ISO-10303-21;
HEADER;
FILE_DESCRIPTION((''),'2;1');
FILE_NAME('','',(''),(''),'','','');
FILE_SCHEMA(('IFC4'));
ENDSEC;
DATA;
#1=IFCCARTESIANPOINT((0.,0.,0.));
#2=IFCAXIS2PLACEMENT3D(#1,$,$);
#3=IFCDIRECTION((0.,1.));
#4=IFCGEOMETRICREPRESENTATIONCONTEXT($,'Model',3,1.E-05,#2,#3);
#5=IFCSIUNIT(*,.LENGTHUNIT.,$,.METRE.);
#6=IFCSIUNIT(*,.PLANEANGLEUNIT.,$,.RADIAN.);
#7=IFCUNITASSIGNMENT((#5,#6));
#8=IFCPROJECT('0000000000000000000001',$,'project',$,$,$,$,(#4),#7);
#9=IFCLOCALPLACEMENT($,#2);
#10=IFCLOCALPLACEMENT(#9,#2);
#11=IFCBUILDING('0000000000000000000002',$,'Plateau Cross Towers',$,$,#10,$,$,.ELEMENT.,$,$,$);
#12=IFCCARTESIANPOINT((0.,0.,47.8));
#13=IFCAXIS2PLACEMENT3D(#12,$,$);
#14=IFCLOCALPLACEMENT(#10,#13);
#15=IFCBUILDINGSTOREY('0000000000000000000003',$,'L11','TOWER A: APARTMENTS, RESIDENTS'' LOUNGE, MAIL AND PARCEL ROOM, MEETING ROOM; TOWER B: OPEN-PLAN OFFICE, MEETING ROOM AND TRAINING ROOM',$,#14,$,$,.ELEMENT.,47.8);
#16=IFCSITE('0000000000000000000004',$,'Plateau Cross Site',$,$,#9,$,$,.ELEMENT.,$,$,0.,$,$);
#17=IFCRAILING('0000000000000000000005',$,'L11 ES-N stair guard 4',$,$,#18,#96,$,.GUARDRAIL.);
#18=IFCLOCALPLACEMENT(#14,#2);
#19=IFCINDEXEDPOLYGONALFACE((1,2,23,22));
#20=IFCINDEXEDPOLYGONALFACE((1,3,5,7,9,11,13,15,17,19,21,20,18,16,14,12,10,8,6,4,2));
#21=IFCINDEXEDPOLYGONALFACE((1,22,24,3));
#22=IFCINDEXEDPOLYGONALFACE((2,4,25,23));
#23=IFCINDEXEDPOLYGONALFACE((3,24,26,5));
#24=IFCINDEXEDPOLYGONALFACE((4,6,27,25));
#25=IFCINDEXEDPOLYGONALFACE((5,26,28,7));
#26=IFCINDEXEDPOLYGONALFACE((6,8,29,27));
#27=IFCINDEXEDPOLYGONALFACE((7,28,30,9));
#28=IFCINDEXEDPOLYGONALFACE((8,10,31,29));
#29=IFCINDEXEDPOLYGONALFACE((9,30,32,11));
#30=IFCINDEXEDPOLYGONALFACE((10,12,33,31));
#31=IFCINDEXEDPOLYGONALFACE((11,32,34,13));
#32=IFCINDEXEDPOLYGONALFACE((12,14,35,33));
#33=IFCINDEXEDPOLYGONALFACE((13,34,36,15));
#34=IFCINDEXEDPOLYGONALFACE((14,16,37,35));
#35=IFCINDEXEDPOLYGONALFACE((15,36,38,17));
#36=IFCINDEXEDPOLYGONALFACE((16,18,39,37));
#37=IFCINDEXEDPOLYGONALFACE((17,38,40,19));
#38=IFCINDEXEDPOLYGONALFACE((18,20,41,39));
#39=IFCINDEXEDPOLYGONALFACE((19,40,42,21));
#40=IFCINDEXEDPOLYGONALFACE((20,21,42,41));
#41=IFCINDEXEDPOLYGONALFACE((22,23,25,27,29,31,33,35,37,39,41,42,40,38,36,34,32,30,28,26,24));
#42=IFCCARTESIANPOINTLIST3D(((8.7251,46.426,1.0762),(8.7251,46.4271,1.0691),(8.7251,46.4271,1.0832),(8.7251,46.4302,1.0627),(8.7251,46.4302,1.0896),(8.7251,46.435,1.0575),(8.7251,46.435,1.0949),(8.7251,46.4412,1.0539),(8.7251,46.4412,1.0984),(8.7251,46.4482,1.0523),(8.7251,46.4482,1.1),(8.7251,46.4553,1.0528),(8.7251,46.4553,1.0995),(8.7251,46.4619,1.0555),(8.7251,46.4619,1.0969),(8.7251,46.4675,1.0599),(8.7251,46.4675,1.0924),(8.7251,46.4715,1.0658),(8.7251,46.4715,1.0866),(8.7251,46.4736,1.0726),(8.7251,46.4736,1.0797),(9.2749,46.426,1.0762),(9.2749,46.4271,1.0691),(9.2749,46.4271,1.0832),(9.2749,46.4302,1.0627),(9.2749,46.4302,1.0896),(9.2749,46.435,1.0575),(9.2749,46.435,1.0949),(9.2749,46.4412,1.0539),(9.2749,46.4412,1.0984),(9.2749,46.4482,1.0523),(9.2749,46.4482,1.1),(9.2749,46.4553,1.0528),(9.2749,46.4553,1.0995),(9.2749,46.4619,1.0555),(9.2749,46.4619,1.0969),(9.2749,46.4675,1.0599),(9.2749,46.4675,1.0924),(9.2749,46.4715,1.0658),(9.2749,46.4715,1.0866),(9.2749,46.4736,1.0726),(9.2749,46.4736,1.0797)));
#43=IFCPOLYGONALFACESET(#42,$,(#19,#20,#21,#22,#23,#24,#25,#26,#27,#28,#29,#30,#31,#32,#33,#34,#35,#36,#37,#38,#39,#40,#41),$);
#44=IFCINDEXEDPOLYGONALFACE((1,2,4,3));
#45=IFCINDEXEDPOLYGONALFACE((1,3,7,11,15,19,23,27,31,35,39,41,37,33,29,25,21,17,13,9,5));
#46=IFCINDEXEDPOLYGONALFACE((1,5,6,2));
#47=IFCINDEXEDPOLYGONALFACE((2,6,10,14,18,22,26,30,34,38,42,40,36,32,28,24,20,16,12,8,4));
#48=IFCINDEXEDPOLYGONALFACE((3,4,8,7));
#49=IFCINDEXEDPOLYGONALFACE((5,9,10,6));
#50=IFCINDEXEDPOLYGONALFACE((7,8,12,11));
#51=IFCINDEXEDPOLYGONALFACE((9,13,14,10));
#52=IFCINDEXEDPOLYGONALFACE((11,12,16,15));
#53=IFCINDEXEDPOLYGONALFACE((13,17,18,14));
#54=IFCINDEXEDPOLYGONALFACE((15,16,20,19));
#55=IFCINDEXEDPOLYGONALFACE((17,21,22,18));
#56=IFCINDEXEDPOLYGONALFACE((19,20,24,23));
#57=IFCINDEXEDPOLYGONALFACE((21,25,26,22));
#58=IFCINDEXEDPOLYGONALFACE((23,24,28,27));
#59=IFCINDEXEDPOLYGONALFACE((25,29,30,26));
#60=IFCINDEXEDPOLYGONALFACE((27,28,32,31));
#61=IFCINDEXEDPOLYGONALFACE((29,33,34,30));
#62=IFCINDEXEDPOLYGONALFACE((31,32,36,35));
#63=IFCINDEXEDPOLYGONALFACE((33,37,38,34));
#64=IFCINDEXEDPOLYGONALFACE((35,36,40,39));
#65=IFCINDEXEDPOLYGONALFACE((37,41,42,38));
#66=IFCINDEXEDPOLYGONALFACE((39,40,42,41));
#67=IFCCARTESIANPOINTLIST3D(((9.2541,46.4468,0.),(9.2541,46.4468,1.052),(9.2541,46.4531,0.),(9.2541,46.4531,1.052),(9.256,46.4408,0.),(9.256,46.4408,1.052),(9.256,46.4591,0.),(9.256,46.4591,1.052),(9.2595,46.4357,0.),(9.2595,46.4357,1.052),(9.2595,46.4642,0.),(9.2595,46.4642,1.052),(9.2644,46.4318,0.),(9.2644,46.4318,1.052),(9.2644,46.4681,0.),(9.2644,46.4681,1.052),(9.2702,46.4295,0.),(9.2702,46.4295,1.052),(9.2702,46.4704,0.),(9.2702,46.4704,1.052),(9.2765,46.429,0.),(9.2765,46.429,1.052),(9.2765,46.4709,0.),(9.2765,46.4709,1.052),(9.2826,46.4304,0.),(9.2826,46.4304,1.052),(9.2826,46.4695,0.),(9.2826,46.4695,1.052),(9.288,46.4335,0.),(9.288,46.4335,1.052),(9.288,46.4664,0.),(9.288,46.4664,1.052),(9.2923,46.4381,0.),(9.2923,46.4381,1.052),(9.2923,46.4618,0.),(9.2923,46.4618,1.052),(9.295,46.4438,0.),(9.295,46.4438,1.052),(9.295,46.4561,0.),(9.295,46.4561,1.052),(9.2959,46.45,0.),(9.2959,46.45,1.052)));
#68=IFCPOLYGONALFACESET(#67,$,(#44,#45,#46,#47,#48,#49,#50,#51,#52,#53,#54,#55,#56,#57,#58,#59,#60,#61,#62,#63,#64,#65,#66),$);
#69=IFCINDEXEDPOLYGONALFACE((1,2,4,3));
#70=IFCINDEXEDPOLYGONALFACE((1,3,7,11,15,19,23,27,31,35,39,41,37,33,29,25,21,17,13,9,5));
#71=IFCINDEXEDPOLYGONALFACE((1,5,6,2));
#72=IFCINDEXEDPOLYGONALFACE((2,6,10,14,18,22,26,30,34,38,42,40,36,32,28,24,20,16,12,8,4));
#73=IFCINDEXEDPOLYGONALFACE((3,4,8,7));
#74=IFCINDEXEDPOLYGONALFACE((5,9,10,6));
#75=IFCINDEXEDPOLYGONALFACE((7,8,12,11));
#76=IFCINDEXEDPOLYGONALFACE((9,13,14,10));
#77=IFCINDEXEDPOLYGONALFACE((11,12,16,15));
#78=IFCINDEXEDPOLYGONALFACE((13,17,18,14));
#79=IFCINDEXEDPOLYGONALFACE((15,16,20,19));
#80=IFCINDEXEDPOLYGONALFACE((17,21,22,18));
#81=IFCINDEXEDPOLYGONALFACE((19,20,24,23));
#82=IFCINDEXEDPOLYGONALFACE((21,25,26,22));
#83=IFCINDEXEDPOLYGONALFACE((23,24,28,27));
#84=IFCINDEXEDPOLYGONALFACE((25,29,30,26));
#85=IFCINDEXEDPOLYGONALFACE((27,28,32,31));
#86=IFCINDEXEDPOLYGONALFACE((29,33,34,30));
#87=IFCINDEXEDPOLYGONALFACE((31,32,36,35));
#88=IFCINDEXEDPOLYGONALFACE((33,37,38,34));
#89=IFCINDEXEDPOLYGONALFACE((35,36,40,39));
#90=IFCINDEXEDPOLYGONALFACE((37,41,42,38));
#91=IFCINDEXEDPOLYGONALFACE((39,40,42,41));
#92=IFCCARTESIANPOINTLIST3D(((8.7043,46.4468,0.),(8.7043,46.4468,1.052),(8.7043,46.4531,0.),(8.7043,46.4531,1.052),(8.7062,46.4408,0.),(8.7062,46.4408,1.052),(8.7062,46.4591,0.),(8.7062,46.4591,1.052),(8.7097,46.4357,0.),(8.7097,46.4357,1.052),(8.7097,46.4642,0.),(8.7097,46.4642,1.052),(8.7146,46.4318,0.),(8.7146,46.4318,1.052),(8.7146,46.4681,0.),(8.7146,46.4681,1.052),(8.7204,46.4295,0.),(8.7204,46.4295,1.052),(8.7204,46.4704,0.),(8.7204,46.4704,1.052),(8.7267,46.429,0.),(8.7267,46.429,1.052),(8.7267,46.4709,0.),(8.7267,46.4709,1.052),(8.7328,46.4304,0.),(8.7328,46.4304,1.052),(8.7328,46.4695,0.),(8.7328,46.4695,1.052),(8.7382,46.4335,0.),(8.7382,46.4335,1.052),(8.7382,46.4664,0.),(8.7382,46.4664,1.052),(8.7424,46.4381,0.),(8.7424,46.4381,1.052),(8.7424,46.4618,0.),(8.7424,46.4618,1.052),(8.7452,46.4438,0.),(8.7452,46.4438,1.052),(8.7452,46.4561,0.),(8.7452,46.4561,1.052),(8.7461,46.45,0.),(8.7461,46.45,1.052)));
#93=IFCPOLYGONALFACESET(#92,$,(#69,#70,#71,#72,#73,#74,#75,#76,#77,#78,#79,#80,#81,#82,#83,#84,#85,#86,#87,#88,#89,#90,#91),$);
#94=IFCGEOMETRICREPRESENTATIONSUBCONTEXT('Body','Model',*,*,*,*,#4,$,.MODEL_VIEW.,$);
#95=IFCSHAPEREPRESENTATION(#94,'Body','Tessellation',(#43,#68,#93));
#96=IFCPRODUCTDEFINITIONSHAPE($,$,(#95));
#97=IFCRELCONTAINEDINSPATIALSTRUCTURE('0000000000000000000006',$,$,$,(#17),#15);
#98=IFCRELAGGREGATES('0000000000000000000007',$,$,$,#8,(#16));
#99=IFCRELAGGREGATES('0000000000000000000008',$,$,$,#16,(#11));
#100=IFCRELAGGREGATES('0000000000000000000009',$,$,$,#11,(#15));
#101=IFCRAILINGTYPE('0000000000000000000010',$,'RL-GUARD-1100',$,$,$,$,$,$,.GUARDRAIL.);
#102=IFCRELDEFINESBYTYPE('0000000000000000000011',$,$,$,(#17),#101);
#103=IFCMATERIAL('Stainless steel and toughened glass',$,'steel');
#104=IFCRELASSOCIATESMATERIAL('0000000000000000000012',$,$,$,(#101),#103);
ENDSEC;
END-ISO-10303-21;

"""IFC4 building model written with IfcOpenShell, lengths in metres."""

from ifc_helpers import new_model, si_unit, direction, frame, origin, origin_2d, place, context, subcontext, project, spatial, circle, extrude, material, type_object, element, save


model = new_model("IFC4")

# Units and contexts
model_context = context("Model", 3, precision=1e-05, world=origin(), true_north=direction((0.0, 1.0)))
body_context = subcontext(model_context, "Body", "Model", "MODEL_VIEW")
ifc_project = project(units=[si_unit("LENGTHUNIT", "METRE"), si_unit("PLANEANGLEUNIT", "RADIAN")], contexts=[model_context])

# Site, building, storey
site_placement = place(None, origin())
site = spatial("IfcSite", under=ifc_project, at=site_placement, Name="Plateau Cross Site", CompositionType="ELEMENT", RefElevation=0.0)
building_placement = place(site_placement, origin())
building = spatial("IfcBuilding", under=site, at=building_placement, Name="Plateau Cross Towers", CompositionType="ELEMENT")
storey_placement = place(building_placement, frame((0.0, 0.0, 47.8)))
storey = spatial("IfcBuildingStorey", under=building, at=storey_placement, Name="L11", Description="TOWER A: APARTMENTS, RESIDENTS' LOUNGE, MAIL AND PARCEL ROOM, MEETING ROOM; TOWER B: OPEN-PLAN OFFICE, MEETING ROOM AND TRAINING ROOM", CompositionType="ELEMENT", Elevation=47.8)

# Railing
ifc_material_1 = material(Name="Stainless steel and toughened glass", Category="steel")
railing_type_1 = type_object("IfcRailingType", Name="RL-GUARD-1100", PredefinedType="GUARDRAIL", material=ifc_material_1)
railing_1_placement = place(storey_placement, frame((9.2749, 46.45, 0.0)))
element("IfcRailing", 1, at=railing_1_placement, inside=storey, type_object=railing_type_1, Name="L11 ES-N stair guard 4", PredefinedType="GUARDRAIL", context=body_context, shape_type="SweptSolid", body=[
    extrude(circle(Radius=0.0239, at=origin_2d()), frame((0.0, 0.0, 1.0762), z_axis=(-1.0, 0.0, 0.0), x_axis=(0.0, -1.0, 0.0)), (0.0, 0.0, 1.0), 0.5498),
    extrude(circle(Radius=0.021, at=origin_2d()), origin(), (0.0, 0.0, 1.0), 1.052),
    extrude(circle(Radius=0.021, at=origin_2d()), frame((-0.5498, 0.0, 0.0)), (0.0, 0.0, 1.0), 1.052),
])

save(model, "model.ifc")
